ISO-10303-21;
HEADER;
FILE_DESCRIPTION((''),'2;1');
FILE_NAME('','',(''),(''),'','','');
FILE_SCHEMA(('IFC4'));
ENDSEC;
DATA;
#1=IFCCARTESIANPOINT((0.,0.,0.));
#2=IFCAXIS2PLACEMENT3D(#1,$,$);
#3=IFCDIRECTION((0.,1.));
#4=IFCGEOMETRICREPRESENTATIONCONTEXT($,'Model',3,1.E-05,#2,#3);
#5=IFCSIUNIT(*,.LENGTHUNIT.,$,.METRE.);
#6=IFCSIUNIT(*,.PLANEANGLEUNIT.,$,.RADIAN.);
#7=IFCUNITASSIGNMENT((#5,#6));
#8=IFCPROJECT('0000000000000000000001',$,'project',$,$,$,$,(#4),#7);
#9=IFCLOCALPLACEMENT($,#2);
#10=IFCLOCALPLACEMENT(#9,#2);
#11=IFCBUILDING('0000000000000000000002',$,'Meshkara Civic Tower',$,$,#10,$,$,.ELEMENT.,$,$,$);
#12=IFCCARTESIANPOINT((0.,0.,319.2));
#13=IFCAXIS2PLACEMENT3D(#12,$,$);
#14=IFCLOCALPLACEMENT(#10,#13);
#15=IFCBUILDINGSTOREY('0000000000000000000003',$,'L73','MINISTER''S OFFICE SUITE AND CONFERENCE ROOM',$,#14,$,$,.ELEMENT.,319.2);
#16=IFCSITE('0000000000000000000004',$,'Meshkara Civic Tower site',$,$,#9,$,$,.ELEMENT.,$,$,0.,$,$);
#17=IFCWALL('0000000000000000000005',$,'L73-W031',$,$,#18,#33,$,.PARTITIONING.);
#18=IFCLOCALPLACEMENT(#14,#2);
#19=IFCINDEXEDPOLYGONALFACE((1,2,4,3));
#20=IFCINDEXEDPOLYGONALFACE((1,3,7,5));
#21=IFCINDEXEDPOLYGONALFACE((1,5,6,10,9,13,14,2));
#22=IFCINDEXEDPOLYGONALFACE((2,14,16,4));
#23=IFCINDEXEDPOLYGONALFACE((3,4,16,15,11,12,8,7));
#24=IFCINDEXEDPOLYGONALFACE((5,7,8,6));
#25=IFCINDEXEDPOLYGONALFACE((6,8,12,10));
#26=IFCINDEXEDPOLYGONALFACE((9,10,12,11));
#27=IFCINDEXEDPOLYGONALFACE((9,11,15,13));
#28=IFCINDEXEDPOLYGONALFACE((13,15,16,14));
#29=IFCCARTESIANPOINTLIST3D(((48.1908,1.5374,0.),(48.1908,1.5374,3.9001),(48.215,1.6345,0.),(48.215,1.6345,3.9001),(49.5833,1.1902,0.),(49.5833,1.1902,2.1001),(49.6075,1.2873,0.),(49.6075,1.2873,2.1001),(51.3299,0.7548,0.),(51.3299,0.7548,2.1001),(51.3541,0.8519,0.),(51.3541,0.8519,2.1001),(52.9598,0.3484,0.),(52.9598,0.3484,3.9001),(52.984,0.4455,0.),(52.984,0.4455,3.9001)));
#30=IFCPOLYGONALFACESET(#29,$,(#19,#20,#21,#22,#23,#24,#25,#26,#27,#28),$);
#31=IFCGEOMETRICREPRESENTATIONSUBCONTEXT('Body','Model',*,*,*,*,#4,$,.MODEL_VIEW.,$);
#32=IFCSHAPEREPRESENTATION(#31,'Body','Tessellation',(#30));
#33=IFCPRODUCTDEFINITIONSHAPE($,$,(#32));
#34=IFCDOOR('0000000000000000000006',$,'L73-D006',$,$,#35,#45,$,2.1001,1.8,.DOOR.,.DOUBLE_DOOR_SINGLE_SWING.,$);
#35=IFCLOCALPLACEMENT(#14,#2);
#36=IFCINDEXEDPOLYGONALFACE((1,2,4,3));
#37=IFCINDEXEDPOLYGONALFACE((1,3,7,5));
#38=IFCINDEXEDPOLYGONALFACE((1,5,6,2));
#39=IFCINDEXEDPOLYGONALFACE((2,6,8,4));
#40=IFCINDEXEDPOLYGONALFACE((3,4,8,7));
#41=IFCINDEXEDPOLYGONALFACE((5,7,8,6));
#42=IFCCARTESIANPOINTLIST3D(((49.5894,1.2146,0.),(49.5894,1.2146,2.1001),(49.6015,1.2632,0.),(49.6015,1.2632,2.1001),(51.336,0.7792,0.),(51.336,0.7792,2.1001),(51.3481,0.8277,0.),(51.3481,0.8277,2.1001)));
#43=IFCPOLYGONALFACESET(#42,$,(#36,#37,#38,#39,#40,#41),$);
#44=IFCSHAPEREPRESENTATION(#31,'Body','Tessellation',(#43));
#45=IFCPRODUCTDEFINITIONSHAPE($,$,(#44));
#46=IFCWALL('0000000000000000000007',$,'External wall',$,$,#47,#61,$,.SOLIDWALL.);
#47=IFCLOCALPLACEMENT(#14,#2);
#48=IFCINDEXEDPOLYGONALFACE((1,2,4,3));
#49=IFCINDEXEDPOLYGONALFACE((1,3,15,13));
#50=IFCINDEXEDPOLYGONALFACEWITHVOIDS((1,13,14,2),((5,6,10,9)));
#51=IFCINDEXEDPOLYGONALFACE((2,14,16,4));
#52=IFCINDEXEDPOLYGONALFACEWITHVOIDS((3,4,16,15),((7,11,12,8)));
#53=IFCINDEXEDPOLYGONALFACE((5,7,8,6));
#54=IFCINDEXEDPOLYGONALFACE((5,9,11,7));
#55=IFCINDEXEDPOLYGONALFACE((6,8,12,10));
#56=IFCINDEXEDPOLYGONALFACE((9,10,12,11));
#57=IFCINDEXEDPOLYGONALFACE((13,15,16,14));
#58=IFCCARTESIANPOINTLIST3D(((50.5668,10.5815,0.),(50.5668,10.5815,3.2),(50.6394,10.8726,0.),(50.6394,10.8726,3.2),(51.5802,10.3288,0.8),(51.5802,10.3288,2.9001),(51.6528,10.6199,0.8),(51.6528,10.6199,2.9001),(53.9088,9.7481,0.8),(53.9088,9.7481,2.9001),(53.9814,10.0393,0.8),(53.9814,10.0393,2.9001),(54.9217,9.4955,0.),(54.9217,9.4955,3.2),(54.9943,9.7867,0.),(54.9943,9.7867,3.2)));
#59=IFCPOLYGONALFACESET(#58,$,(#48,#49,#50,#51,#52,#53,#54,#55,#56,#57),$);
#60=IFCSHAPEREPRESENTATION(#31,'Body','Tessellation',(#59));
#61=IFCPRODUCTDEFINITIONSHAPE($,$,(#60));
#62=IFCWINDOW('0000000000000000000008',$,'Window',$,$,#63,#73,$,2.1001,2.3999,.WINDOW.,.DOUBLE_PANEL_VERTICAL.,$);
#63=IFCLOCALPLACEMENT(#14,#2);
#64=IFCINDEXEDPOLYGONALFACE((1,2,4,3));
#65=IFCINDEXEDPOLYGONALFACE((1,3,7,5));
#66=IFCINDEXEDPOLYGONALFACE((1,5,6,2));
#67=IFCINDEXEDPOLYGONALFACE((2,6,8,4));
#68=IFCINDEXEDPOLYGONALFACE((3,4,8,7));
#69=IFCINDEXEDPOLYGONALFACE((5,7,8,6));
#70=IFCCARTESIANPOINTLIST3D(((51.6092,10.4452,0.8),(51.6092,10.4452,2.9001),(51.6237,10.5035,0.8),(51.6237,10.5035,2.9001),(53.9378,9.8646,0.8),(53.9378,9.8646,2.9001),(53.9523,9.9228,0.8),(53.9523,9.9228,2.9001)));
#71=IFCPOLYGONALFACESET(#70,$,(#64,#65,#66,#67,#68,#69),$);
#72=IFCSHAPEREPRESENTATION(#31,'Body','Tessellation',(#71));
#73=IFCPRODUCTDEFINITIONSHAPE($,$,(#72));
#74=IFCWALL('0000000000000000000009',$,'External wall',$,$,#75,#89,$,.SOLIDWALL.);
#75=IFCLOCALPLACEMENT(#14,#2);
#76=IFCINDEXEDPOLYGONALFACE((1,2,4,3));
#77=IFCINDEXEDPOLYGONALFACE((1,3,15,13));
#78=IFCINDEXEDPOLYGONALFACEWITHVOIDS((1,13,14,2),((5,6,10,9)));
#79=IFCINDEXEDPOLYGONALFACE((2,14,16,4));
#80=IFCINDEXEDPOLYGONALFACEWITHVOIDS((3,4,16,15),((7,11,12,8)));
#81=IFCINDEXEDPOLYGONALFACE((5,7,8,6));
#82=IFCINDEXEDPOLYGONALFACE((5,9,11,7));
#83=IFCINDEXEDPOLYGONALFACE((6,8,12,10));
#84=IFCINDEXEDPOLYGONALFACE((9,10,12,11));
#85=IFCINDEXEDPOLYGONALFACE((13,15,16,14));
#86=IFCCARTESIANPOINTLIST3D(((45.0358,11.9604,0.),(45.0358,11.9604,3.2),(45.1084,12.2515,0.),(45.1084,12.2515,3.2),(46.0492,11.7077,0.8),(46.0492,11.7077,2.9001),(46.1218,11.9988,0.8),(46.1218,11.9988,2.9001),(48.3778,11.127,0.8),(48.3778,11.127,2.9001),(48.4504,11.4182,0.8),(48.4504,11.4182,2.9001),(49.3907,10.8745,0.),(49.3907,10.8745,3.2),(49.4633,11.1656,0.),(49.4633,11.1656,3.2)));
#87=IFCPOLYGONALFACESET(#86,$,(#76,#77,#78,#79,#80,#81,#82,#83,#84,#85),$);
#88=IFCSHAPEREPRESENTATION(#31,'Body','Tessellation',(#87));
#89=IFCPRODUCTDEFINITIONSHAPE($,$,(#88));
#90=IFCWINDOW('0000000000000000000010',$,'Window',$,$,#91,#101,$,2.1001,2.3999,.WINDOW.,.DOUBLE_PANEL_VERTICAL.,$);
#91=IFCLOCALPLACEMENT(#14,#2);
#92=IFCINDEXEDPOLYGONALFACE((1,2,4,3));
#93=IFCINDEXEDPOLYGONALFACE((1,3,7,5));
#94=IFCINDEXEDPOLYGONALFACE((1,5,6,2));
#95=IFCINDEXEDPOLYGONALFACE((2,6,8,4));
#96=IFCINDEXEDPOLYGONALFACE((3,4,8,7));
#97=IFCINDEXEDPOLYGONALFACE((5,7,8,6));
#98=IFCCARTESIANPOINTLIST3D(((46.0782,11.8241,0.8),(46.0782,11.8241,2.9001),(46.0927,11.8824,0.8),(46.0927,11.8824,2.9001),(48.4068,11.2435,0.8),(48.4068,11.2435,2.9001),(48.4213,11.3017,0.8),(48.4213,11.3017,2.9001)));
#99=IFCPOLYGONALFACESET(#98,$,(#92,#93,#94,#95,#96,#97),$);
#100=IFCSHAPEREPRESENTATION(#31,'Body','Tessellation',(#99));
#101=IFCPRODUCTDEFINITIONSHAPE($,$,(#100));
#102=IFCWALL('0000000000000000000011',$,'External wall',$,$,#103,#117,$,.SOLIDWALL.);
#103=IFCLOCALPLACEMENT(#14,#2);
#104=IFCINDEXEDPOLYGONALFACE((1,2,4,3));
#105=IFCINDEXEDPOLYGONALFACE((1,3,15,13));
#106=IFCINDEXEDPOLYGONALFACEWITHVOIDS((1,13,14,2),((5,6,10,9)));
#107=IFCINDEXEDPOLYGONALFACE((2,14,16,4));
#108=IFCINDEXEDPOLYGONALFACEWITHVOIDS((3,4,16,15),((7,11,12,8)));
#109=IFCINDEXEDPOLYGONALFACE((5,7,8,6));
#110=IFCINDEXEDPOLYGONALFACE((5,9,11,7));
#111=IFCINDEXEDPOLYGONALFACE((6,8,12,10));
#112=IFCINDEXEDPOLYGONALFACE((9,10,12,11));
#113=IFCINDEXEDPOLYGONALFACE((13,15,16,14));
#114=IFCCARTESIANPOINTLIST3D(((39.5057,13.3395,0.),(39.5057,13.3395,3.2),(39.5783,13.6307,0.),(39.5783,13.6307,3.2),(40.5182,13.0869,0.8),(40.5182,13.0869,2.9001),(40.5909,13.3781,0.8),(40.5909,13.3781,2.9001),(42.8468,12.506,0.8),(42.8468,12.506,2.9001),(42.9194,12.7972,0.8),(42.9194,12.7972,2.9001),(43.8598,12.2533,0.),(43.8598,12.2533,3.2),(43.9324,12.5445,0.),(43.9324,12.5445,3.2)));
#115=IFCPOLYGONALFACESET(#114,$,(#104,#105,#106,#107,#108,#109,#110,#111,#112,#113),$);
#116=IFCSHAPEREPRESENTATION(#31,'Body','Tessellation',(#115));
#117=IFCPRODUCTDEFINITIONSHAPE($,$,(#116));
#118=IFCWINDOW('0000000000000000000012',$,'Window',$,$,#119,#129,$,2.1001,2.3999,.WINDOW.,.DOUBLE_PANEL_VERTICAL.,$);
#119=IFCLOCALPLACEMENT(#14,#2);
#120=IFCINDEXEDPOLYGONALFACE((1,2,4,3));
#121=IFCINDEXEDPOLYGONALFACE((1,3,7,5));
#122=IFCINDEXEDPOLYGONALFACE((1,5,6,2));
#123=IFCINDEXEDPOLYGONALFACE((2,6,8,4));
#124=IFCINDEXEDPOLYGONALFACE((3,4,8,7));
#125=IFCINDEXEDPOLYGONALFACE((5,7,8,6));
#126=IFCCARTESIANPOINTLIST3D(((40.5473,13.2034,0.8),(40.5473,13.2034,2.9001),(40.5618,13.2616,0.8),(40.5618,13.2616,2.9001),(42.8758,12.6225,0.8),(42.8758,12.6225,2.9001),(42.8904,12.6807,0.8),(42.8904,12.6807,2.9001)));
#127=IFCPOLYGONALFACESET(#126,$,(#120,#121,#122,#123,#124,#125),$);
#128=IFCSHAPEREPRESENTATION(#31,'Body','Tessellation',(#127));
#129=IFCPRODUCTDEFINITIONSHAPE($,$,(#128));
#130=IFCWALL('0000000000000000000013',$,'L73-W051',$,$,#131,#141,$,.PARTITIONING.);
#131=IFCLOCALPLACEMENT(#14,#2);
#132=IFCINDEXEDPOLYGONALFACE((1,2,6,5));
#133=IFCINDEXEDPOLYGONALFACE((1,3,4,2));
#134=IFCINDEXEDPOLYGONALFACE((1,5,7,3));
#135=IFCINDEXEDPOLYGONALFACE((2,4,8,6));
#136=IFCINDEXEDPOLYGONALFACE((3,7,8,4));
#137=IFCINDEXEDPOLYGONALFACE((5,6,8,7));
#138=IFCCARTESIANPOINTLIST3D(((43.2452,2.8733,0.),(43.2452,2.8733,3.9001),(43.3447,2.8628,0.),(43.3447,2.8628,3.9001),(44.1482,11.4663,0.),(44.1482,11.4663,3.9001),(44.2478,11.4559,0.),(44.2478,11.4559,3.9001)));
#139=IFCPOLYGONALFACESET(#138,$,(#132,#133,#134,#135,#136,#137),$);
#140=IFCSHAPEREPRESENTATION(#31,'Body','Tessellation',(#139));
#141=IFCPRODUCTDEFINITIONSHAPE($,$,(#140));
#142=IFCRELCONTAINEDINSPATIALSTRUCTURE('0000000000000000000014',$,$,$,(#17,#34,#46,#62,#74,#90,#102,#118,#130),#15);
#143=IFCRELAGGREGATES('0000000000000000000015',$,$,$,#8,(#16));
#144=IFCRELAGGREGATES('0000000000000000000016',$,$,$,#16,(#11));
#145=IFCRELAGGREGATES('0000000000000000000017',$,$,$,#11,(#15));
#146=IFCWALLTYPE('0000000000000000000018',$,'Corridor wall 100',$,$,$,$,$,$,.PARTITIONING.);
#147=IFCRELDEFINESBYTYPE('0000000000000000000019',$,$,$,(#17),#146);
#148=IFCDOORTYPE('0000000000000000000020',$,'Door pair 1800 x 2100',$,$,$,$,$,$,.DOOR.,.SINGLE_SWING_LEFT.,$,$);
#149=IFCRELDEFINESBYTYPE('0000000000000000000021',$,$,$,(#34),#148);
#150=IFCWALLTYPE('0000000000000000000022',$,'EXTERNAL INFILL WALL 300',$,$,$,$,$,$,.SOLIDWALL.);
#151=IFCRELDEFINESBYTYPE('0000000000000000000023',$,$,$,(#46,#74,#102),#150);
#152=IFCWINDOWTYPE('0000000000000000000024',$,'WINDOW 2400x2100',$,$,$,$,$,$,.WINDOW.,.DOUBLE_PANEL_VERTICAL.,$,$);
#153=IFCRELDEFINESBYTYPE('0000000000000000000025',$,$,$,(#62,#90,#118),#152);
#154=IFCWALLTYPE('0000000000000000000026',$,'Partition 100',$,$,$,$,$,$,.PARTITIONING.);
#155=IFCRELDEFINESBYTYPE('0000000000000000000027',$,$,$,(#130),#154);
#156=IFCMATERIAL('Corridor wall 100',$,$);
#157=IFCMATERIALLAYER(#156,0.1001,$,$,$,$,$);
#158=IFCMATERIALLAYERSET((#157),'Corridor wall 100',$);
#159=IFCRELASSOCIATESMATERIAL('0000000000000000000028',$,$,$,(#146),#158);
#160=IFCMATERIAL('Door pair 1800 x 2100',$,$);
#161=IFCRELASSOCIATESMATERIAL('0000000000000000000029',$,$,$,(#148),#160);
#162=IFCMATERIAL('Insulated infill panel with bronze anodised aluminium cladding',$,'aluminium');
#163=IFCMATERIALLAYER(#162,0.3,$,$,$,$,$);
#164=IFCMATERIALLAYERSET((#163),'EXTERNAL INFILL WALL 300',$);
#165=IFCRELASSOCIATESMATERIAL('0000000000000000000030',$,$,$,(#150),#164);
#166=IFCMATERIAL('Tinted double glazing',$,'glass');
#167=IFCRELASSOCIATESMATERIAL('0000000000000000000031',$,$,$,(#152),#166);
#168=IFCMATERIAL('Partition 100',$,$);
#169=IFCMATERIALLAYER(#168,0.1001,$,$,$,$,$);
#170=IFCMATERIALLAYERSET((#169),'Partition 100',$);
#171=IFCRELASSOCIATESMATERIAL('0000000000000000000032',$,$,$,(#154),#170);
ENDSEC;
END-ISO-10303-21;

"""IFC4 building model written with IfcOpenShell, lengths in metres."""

from ifc_helpers import new_model, si_unit, direction, frame, frame_2d, origin, place, context, subcontext, project, spatial, rectangle, extrude, material, layer, layer_set, type_object, element, fill, save


model = new_model("IFC4")

# Units and contexts
model_context = context("Model", 3, precision=1e-05, world=origin(), true_north=direction((0.0, 1.0)))
body_context = subcontext(model_context, "Body", "Model", "MODEL_VIEW")
ifc_project = project(units=[si_unit("LENGTHUNIT", "METRE"), si_unit("PLANEANGLEUNIT", "RADIAN")], contexts=[model_context])

# Site, building, storey
site_placement = place(None, origin())
site = spatial("IfcSite", under=ifc_project, at=site_placement, Name="Meshkara Civic Tower site", CompositionType="ELEMENT", RefElevation=0.0)
building_placement = place(site_placement, origin())
building = spatial("IfcBuilding", under=site, at=building_placement, Name="Meshkara Civic Tower", CompositionType="ELEMENT")
storey_placement = place(building_placement, frame((0.0, 0.0, 319.2)))
storey = spatial("IfcBuildingStorey", under=building, at=storey_placement, Name="L73", Description="MINISTER'S OFFICE SUITE AND CONFERENCE ROOM", CompositionType="ELEMENT", Elevation=319.2)

# Shared definitions
ifc_material_1 = material(Name="Corridor wall 100")
ifc_layer_1 = layer(ifc_material_1, 0.1001)
ifc_layer_set_1 = layer_set([ifc_layer_1], Name="Corridor wall 100")
wall_type_1 = type_object("IfcWallType", Name="Corridor wall 100", PredefinedType="PARTITIONING", material=ifc_layer_set_1)

# Wall, opening, door
wall_1_placement = place(storey_placement, frame((52.9719, 0.397, 0.0), z_axis=(0.0, 0.0, 1.0), x_axis=(-0.9703, 0.241904, 0.0)))
wall_1 = element("IfcWall", 1, at=wall_1_placement, inside=storey, type_object=wall_type_1, Name="L73-W031", PredefinedType="PARTITIONING", context=body_context, shape_type="SweptSolid", body=[
    extrude(rectangle(XDim=4.915, YDim=0.1001, at=frame_2d((2.4575, 0.0))), origin(), (0.0, 0.0, 1.0), 3.9001),
])
opening_1_placement = place(wall_1_placement, frame((1.6799, 0.0, 0.0)))
opening_1 = element("IfcOpeningElement", 2, at=opening_1_placement, cuts=wall_1, PredefinedType="OPENING", context=body_context, shape_type="SweptSolid", body=[
    extrude(rectangle(XDim=1.8, YDim=2.1001, at=frame_2d((0.8999, 1.05))), frame((0.0, 0.0601, 0.0), z_axis=(0.0, -1.0, 0.0), x_axis=(1.0, 0.0, 0.0)), (0.0, 0.0, 1.0), 0.1201),
])
ifc_material_2 = material(Name="Door pair 1800 x 2100")
door_type_1 = type_object("IfcDoorType", Name="Door pair 1800 x 2100", OperationType="SINGLE_SWING_LEFT", PredefinedType="DOOR", material=ifc_material_2)
door_1_placement = place(opening_1_placement, origin())
door_1 = element("IfcDoor", 3, at=door_1_placement, inside=storey, type_object=door_type_1, Name="L73-D006", OperationType="DOUBLE_DOOR_SINGLE_SWING", OverallHeight=2.1001, OverallWidth=1.8, PredefinedType="DOOR", context=body_context, shape_type="SweptSolid", body=[
    extrude(rectangle(XDim=1.8, YDim=2.1001, at=frame_2d((0.8999, 1.05))), frame((0.0, 0.0249, 0.0), z_axis=(0.0, -1.0, 0.0), x_axis=(1.0, 0.0, 0.0)), (0.0, 0.0, 1.0), 0.05),
])
fill(opening_1, door_1)

# Walls, openings, windows
ifc_material_3 = material(Name="Insulated infill panel with bronze anodised aluminium cladding", Category="aluminium")
ifc_layer_2 = layer(ifc_material_3, 0.3)
ifc_layer_set_2 = layer_set([ifc_layer_2], Name="EXTERNAL INFILL WALL 300")
wall_type_2 = type_object("IfcWallType", Name="EXTERNAL INFILL WALL 300", PredefinedType="SOLIDWALL", material=ifc_layer_set_2)
wall_2_placement = place(storey_placement, frame((54.958, 9.6411, 0.0), z_axis=(0.0, 0.0, 1.0), x_axis=(-0.97029, 0.241947, 0.0)))
wall_2 = element("IfcWall", 4, at=wall_2_placement, inside=storey, type_object=wall_type_2, Name="External wall", PredefinedType="SOLIDWALL", context=body_context, shape_type="SweptSolid", body=[
    extrude(rectangle(XDim=4.4883, YDim=0.3, at=frame_2d((2.2441, 0.0))), origin(), (0.0, 0.0, 1.0), 3.2),
])
opening_2_placement = place(wall_2_placement, frame((1.0439, 0.0, 0.8)))
opening_2 = element("IfcOpeningElement", 5, at=opening_2_placement, cuts=wall_2, PredefinedType="OPENING", context=body_context, shape_type="SweptSolid", body=[
    extrude(rectangle(XDim=2.3999, YDim=2.1001, at=frame_2d((1.2, 1.05))), frame((0.0, 0.1599, 0.0), z_axis=(0.0, -1.0, 0.0), x_axis=(1.0, 0.0, 0.0)), (0.0, 0.0, 1.0), 0.3201),
])
ifc_material_4 = material(Name="Tinted double glazing", Category="glass")
window_type = type_object("IfcWindowType", Name="WINDOW 2400x2100", PartitioningType="DOUBLE_PANEL_VERTICAL", PredefinedType="WINDOW", material=ifc_material_4)
window_1_placement = place(opening_2_placement, origin())
window_1 = element("IfcWindow", 6, at=window_1_placement, inside=storey, type_object=window_type, Name="Window", OverallHeight=2.1001, OverallWidth=2.3999, PartitioningType="DOUBLE_PANEL_VERTICAL", PredefinedType="WINDOW", context=body_context, shape_type="SweptSolid", body=[
    extrude(rectangle(XDim=2.3999, YDim=2.1001, at=frame_2d((1.2, 1.05))), frame((0.0, 0.03, 0.0), z_axis=(0.0, -1.0, 0.0), x_axis=(1.0, 0.0, 0.0)), (0.0, 0.0, 1.0), 0.0601),
])
fill(opening_2, window_1)
wall_3_placement = place(storey_placement, frame((49.427, 11.02, 0.0), z_axis=(0.0, 0.0, 1.0), x_axis=(-0.97029, 0.241947, 0.0)))
wall_3 = element("IfcWall", 7, at=wall_3_placement, inside=storey, type_object=wall_type_2, Name="External wall", PredefinedType="SOLIDWALL", context=body_context, shape_type="SweptSolid", body=[
    extrude(rectangle(XDim=4.4883, YDim=0.3, at=frame_2d((2.2441, 0.0))), origin(), (0.0, 0.0, 1.0), 3.2),
])
opening_3_placement = place(wall_3_placement, frame((1.0439, 0.0, 0.8)))
opening_3 = element("IfcOpeningElement", 8, at=opening_3_placement, cuts=wall_3, PredefinedType="OPENING", context=body_context, shape_type="SweptSolid", body=[
    extrude(rectangle(XDim=2.3999, YDim=2.1001, at=frame_2d((1.2, 1.05))), frame((0.0, 0.1599, 0.0), z_axis=(0.0, -1.0, 0.0), x_axis=(1.0, 0.0, 0.0)), (0.0, 0.0, 1.0), 0.3201),
])
window_2_placement = place(opening_3_placement, origin())
window_2 = element("IfcWindow", 9, at=window_2_placement, inside=storey, type_object=window_type, Name="Window", OverallHeight=2.1001, OverallWidth=2.3999, PartitioningType="DOUBLE_PANEL_VERTICAL", PredefinedType="WINDOW", context=body_context, shape_type="SweptSolid", body=[
    extrude(rectangle(XDim=2.3999, YDim=2.1001, at=frame_2d((1.2, 1.05))), frame((0.0, 0.03, 0.0), z_axis=(0.0, -1.0, 0.0), x_axis=(1.0, 0.0, 0.0)), (0.0, 0.0, 1.0), 0.0601),
])
fill(opening_3, window_2)
wall_4_placement = place(storey_placement, frame((43.896, 12.3989, 0.0), z_axis=(0.0, 0.0, 1.0), x_axis=(-0.970264, 0.242049, 0.0)))
wall_4 = element("IfcWall", 10, at=wall_4_placement, inside=storey, type_object=wall_type_2, Name="External wall", PredefinedType="SOLIDWALL", context=body_context, shape_type="SweptSolid", body=[
    extrude(rectangle(XDim=4.4875, YDim=0.3, at=frame_2d((2.2437, 0.0))), origin(), (0.0, 0.0, 1.0), 3.2),
])
opening_4_placement = place(wall_4_placement, frame((1.0439, 0.0, 0.8)))
opening_4 = element("IfcOpeningElement", 11, at=opening_4_placement, cuts=wall_4, PredefinedType="OPENING", context=body_context, shape_type="SweptSolid", body=[
    extrude(rectangle(XDim=2.3999, YDim=2.1001, at=frame_2d((1.2, 1.05))), frame((0.0, 0.1599, 0.0), z_axis=(0.0, -1.0, 0.0), x_axis=(1.0, 0.0, 0.0)), (0.0, 0.0, 1.0), 0.3201),
])
window_3_placement = place(opening_4_placement, origin())
window_3 = element("IfcWindow", 12, at=window_3_placement, inside=storey, type_object=window_type, Name="Window", OverallHeight=2.1001, OverallWidth=2.3999, PartitioningType="DOUBLE_PANEL_VERTICAL", PredefinedType="WINDOW", context=body_context, shape_type="SweptSolid", body=[
    extrude(rectangle(XDim=2.3999, YDim=2.1001, at=frame_2d((1.2, 1.05))), frame((0.0, 0.03, 0.0), z_axis=(0.0, -1.0, 0.0), x_axis=(1.0, 0.0, 0.0)), (0.0, 0.0, 1.0), 0.0601),
])
fill(opening_4, window_3)

# Wall
ifc_material_5 = material(Name="Partition 100")
ifc_layer_3 = layer(ifc_material_5, 0.1001)
ifc_layer_set_3 = layer_set([ifc_layer_3], Name="Partition 100")
wall_type_3 = type_object("IfcWallType", Name="Partition 100", PredefinedType="PARTITIONING", material=ifc_layer_set_3)
wall_5_placement = place(storey_placement, frame((43.2949, 2.8679, 0.0), z_axis=(0.0, 0.0, 1.0), x_axis=(0.104519, 0.994523, 0.0)))
element("IfcWall", 13, at=wall_5_placement, inside=storey, type_object=wall_type_3, Name="L73-W051", PredefinedType="PARTITIONING", context=body_context, shape_type="SweptSolid", body=[
    extrude(rectangle(XDim=8.6404, YDim=0.1001, at=frame_2d((4.3203, 0.0))), origin(), (0.0, 0.0, 1.0), 3.9001),
])

save(model, "model.ifc")
